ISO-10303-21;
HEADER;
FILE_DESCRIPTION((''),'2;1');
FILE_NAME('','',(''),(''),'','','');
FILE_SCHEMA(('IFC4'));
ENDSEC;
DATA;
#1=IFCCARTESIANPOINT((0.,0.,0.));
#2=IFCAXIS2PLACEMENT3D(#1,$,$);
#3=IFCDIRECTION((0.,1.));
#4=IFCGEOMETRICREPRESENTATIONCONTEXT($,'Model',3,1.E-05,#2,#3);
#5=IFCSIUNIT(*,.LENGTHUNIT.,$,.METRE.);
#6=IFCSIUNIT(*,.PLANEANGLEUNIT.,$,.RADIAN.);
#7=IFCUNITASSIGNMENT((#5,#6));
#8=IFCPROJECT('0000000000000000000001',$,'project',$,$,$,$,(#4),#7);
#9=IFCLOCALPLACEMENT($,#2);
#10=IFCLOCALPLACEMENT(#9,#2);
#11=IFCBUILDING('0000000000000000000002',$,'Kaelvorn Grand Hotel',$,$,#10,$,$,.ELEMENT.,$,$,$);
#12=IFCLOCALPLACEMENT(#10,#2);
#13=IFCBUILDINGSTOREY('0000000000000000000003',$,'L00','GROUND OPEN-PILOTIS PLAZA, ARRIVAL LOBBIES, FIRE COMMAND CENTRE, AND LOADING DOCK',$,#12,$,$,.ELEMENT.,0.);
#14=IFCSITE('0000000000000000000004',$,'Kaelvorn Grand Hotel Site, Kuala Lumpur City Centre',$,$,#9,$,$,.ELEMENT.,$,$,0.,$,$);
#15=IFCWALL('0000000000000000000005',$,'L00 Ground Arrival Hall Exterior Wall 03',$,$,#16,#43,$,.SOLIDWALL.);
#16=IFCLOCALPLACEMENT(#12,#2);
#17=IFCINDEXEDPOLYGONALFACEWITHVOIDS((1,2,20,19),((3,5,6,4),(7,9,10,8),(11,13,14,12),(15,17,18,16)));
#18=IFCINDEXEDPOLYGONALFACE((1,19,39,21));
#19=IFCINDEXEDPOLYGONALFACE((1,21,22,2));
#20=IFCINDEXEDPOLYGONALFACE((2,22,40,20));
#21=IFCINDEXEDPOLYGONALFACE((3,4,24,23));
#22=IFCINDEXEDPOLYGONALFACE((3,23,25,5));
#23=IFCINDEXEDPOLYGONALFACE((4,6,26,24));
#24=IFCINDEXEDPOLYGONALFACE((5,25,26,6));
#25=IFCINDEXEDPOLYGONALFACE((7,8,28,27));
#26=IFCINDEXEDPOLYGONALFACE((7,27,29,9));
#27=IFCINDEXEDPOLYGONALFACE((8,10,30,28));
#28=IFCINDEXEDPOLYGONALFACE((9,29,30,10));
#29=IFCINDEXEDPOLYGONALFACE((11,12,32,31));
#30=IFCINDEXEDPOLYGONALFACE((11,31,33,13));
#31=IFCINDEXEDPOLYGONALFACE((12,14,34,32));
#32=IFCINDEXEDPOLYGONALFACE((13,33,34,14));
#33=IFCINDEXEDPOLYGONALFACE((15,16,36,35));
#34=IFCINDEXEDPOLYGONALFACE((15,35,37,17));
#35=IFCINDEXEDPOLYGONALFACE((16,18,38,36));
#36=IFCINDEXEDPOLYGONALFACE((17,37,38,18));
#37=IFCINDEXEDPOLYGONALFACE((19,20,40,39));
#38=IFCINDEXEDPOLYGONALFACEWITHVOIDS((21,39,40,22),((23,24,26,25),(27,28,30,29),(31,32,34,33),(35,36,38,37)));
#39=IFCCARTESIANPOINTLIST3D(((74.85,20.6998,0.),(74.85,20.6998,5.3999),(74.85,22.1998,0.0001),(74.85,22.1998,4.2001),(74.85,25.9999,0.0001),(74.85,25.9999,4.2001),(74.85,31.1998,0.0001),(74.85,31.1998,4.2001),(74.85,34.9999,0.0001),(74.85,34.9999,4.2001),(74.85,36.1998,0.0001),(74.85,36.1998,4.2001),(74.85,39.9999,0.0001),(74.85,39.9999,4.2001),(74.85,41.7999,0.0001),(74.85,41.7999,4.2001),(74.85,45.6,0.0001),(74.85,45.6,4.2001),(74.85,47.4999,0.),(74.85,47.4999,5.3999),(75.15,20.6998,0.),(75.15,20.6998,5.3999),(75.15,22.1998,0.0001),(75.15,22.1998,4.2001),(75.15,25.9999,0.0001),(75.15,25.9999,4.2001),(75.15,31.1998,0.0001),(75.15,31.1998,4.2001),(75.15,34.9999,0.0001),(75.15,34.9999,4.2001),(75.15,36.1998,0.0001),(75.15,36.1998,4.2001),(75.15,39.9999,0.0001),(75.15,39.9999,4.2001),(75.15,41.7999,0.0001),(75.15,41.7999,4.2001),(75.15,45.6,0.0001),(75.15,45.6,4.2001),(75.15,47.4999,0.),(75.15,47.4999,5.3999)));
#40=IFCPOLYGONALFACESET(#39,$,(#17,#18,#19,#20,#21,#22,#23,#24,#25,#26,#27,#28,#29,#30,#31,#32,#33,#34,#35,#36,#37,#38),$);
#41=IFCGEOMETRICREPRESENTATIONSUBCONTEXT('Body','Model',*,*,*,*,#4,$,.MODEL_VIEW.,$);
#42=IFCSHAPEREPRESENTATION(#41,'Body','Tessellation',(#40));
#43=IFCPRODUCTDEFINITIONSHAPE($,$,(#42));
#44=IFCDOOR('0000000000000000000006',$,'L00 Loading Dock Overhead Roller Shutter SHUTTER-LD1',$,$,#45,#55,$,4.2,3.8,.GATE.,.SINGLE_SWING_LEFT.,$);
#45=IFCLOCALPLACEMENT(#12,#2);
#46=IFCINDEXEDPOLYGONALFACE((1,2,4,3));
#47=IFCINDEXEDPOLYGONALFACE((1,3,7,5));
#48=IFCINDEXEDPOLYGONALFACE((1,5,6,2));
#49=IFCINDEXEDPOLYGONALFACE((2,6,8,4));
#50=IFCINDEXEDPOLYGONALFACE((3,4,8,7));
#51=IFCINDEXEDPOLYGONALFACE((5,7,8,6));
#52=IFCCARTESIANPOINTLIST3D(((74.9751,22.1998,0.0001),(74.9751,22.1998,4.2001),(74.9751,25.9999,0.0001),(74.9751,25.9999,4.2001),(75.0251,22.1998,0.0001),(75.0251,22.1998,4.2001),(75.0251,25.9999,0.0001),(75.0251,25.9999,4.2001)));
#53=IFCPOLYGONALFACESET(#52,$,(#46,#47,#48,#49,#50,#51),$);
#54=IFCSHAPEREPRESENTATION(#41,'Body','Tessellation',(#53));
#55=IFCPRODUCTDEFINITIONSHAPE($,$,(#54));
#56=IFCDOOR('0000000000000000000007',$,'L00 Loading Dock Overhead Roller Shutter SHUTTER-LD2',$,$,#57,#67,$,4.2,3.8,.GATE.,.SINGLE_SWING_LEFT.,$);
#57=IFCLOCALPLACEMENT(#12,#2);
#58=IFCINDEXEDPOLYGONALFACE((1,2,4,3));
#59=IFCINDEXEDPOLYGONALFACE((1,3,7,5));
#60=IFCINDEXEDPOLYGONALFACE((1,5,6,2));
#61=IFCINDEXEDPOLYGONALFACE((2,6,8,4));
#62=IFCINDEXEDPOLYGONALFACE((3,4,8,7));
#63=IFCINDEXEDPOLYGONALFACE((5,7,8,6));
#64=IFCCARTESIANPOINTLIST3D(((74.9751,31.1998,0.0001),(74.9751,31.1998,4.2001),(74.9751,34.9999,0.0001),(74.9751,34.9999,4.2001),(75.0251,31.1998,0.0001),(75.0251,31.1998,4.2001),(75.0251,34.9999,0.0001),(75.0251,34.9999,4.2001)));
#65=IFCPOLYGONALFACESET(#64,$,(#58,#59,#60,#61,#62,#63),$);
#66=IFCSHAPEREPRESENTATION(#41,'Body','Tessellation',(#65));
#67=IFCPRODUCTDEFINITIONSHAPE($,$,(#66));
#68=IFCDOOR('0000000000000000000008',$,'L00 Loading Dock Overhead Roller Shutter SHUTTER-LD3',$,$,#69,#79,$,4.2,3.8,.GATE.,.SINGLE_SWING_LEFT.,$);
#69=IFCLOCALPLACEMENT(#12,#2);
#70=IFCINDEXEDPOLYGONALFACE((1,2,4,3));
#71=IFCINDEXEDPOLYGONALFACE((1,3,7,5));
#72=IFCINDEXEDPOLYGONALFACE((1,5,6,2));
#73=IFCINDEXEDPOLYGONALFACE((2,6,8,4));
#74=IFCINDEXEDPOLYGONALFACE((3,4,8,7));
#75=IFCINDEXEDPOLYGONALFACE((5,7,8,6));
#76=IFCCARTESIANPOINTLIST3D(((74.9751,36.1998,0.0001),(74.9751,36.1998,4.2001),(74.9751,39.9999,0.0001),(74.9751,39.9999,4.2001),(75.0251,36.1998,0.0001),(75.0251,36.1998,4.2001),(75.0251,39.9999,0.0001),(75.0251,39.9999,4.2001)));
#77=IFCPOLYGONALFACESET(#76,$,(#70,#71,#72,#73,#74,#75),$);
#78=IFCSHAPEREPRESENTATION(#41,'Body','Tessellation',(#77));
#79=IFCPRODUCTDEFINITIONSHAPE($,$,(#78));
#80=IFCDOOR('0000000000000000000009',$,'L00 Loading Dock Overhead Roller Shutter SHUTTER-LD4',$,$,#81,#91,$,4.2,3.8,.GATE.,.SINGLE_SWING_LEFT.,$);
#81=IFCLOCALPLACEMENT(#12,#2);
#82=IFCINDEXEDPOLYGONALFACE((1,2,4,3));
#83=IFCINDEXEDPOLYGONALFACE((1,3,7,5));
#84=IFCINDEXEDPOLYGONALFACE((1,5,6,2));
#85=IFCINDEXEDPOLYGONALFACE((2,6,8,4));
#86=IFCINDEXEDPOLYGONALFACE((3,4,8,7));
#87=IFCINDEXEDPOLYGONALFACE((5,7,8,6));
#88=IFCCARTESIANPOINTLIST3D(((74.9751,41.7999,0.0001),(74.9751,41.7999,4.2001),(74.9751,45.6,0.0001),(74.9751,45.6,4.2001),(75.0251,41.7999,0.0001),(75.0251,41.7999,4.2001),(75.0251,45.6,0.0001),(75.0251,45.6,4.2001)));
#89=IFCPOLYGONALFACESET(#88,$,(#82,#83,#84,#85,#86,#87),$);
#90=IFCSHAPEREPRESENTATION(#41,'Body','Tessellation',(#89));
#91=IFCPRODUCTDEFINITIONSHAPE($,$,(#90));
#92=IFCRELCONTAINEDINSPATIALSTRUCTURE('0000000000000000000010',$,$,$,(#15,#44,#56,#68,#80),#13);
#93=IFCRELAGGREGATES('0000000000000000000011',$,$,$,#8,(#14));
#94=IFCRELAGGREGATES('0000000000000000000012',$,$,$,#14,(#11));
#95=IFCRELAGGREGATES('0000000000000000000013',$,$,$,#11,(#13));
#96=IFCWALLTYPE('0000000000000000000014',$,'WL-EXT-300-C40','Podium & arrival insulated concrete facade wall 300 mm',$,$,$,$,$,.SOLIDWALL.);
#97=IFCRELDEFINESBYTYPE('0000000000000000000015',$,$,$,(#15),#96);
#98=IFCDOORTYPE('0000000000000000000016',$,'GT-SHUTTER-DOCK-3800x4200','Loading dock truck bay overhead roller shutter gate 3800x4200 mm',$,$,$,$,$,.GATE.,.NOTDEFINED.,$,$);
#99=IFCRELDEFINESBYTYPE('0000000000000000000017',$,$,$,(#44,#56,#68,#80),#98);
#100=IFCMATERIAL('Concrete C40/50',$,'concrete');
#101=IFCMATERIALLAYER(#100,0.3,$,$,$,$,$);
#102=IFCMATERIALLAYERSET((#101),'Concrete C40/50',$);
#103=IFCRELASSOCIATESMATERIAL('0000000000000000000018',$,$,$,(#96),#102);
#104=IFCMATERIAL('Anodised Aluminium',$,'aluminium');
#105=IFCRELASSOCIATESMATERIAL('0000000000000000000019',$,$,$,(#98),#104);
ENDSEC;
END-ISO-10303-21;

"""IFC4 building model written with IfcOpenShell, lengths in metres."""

from ifc_helpers import new_model, si_unit, direction, frame, frame_2d, origin, place, context, subcontext, project, spatial, rectangle, extrude, material, layer, layer_set, type_object, element, fill, save


model = new_model("IFC4")

# Units and contexts
model_context = context("Model", 3, precision=1e-05, world=origin(), true_north=direction((0.0, 1.0)))
body_context = subcontext(model_context, "Body", "Model", "MODEL_VIEW")
ifc_project = project(units=[si_unit("LENGTHUNIT", "METRE"), si_unit("PLANEANGLEUNIT", "RADIAN")], contexts=[model_context])

# Site, building, storey
site_placement = place(None, origin())
site = spatial("IfcSite", under=ifc_project, at=site_placement, Name="Kaelvorn Grand Hotel Site, Kuala Lumpur City Centre", CompositionType="ELEMENT", RefElevation=0.0)
building_placement = place(site_placement, origin())
building = spatial("IfcBuilding", under=site, at=building_placement, Name="Kaelvorn Grand Hotel", CompositionType="ELEMENT")
storey_placement = place(building_placement, origin())
storey = spatial("IfcBuildingStorey", under=building, at=storey_placement, Name="L00", Description="GROUND OPEN-PILOTIS PLAZA, ARRIVAL LOBBIES, FIRE COMMAND CENTRE, AND LOADING DOCK", CompositionType="ELEMENT", Elevation=0.0)

# Shared definitions
ifc_material_1 = material(Name="Concrete C40/50", Category="concrete")
ifc_layer_1 = layer(ifc_material_1, 0.3)
ifc_layer_set_1 = layer_set([ifc_layer_1], Name="Concrete C40/50")
wall_type_1 = type_object("IfcWallType", Name="WL-EXT-300-C40", Description="Podium & arrival insulated concrete facade wall 300 mm", PredefinedType="SOLIDWALL", material=ifc_layer_set_1)
ifc_material_2 = material(Name="Anodised Aluminium", Category="aluminium")

# Wall, openings, doors
wall_1_placement = place(storey_placement, frame((75.0, 20.7, 0.0), z_axis=(0.0, 0.0, 1.0), x_axis=(0.0, 1.0, 0.0)))
wall_1 = element("IfcWall", 1, at=wall_1_placement, inside=storey, type_object=wall_type_1, Name="L00 Ground Arrival Hall Exterior Wall 03", PredefinedType="SOLIDWALL", context=body_context, shape_type="SweptSolid", body=[
    extrude(rectangle(XDim=26.8, YDim=0.3, at=frame_2d((13.3999, 0.0))), origin(), (0.0, 0.0, 1.0), 5.3999),
])
opening_1_placement = place(wall_1_placement, frame((1.5, 0.0, 0.0)))
opening_1 = element("IfcOpeningElement", 2, at=opening_1_placement, cuts=wall_1, PredefinedType="OPENING", context=body_context, shape_type="SweptSolid", body=[
    extrude(rectangle(XDim=3.8, YDim=4.2, at=frame_2d((1.8999, 2.1001))), frame((0.0, 0.1602, 0.0), z_axis=(0.0, -1.0, 0.0), x_axis=(1.0, 0.0, 0.0)), (0.0, 0.0, 1.0), 0.3201),
])
opening_2_placement = place(wall_1_placement, frame((10.5, 0.0, 0.0)))
opening_2 = element("IfcOpeningElement", 3, at=opening_2_placement, cuts=wall_1, PredefinedType="OPENING", context=body_context, shape_type="SweptSolid", body=[
    extrude(rectangle(XDim=3.8, YDim=4.2, at=frame_2d((1.8999, 2.1001))), frame((0.0, 0.1602, 0.0), z_axis=(0.0, -1.0, 0.0), x_axis=(1.0, 0.0, 0.0)), (0.0, 0.0, 1.0), 0.3201),
])
opening_3_placement = place(wall_1_placement, frame((15.5, 0.0, 0.0)))
opening_3 = element("IfcOpeningElement", 4, at=opening_3_placement, cuts=wall_1, PredefinedType="OPENING", context=body_context, shape_type="SweptSolid", body=[
    extrude(rectangle(XDim=3.8, YDim=4.2, at=frame_2d((1.8999, 2.1001))), frame((0.0, 0.1602, 0.0), z_axis=(0.0, -1.0, 0.0), x_axis=(1.0, 0.0, 0.0)), (0.0, 0.0, 1.0), 0.3201),
])
opening_4_placement = place(wall_1_placement, frame((21.1001, 0.0, 0.0)))
opening_4 = element("IfcOpeningElement", 5, at=opening_4_placement, cuts=wall_1, PredefinedType="OPENING", context=body_context, shape_type="SweptSolid", body=[
    extrude(rectangle(XDim=3.8, YDim=4.2, at=frame_2d((1.8999, 2.1001))), frame((0.0, 0.1602, 0.0), z_axis=(0.0, -1.0, 0.0), x_axis=(1.0, 0.0, 0.0)), (0.0, 0.0, 1.0), 0.3201),
])
door_type_1 = type_object("IfcDoorType", Name="GT-SHUTTER-DOCK-3800x4200", Description="Loading dock truck bay overhead roller shutter gate 3800x4200 mm", OperationType="NOTDEFINED", PredefinedType="GATE", material=ifc_material_2)
door_1_placement = place(opening_1_placement, origin())
door_1 = element("IfcDoor", 6, at=door_1_placement, inside=storey, type_object=door_type_1, Name="L00 Loading Dock Overhead Roller Shutter SHUTTER-LD1", OperationType="SINGLE_SWING_LEFT", OverallHeight=4.2, OverallWidth=3.8, PredefinedType="GATE", context=body_context, shape_type="SweptSolid", body=[
    extrude(rectangle(XDim=3.8, YDim=4.2, at=frame_2d((1.8999, 2.1001))), frame((0.0, 0.0249, 0.0), z_axis=(0.0, -1.0, 0.0), x_axis=(1.0, 0.0, 0.0)), (0.0, 0.0, 1.0), 0.05),
])
fill(opening_1, door_1)
door_2_placement = place(opening_2_placement, origin())
door_2 = element("IfcDoor", 7, at=door_2_placement, inside=storey, type_object=door_type_1, Name="L00 Loading Dock Overhead Roller Shutter SHUTTER-LD2", OperationType="SINGLE_SWING_LEFT", OverallHeight=4.2, OverallWidth=3.8, PredefinedType="GATE", context=body_context, shape_type="SweptSolid", body=[
    extrude(rectangle(XDim=3.8, YDim=4.2, at=frame_2d((1.8999, 2.1001))), frame((0.0, 0.0249, 0.0), z_axis=(0.0, -1.0, 0.0), x_axis=(1.0, 0.0, 0.0)), (0.0, 0.0, 1.0), 0.05),
])
fill(opening_2, door_2)
door_3_placement = place(opening_3_placement, origin())
door_3 = element("IfcDoor", 8, at=door_3_placement, inside=storey, type_object=door_type_1, Name="L00 Loading Dock Overhead Roller Shutter SHUTTER-LD3", OperationType="SINGLE_SWING_LEFT", OverallHeight=4.2, OverallWidth=3.8, PredefinedType="GATE", context=body_context, shape_type="SweptSolid", body=[
    extrude(rectangle(XDim=3.8, YDim=4.2, at=frame_2d((1.8999, 2.1001))), frame((0.0, 0.0249, 0.0), z_axis=(0.0, -1.0, 0.0), x_axis=(1.0, 0.0, 0.0)), (0.0, 0.0, 1.0), 0.05),
])
fill(opening_3, door_3)
door_4_placement = place(opening_4_placement, origin())
door_4 = element("IfcDoor", 9, at=door_4_placement, inside=storey, type_object=door_type_1, Name="L00 Loading Dock Overhead Roller Shutter SHUTTER-LD4", OperationType="SINGLE_SWING_LEFT", OverallHeight=4.2, OverallWidth=3.8, PredefinedType="GATE", context=body_context, shape_type="SweptSolid", body=[
    extrude(rectangle(XDim=3.8, YDim=4.2, at=frame_2d((1.8999, 2.1001))), frame((0.0, 0.0249, 0.0), z_axis=(0.0, -1.0, 0.0), x_axis=(1.0, 0.0, 0.0)), (0.0, 0.0, 1.0), 0.05),
])
fill(opening_4, door_4)

save(model, "model.ifc")
